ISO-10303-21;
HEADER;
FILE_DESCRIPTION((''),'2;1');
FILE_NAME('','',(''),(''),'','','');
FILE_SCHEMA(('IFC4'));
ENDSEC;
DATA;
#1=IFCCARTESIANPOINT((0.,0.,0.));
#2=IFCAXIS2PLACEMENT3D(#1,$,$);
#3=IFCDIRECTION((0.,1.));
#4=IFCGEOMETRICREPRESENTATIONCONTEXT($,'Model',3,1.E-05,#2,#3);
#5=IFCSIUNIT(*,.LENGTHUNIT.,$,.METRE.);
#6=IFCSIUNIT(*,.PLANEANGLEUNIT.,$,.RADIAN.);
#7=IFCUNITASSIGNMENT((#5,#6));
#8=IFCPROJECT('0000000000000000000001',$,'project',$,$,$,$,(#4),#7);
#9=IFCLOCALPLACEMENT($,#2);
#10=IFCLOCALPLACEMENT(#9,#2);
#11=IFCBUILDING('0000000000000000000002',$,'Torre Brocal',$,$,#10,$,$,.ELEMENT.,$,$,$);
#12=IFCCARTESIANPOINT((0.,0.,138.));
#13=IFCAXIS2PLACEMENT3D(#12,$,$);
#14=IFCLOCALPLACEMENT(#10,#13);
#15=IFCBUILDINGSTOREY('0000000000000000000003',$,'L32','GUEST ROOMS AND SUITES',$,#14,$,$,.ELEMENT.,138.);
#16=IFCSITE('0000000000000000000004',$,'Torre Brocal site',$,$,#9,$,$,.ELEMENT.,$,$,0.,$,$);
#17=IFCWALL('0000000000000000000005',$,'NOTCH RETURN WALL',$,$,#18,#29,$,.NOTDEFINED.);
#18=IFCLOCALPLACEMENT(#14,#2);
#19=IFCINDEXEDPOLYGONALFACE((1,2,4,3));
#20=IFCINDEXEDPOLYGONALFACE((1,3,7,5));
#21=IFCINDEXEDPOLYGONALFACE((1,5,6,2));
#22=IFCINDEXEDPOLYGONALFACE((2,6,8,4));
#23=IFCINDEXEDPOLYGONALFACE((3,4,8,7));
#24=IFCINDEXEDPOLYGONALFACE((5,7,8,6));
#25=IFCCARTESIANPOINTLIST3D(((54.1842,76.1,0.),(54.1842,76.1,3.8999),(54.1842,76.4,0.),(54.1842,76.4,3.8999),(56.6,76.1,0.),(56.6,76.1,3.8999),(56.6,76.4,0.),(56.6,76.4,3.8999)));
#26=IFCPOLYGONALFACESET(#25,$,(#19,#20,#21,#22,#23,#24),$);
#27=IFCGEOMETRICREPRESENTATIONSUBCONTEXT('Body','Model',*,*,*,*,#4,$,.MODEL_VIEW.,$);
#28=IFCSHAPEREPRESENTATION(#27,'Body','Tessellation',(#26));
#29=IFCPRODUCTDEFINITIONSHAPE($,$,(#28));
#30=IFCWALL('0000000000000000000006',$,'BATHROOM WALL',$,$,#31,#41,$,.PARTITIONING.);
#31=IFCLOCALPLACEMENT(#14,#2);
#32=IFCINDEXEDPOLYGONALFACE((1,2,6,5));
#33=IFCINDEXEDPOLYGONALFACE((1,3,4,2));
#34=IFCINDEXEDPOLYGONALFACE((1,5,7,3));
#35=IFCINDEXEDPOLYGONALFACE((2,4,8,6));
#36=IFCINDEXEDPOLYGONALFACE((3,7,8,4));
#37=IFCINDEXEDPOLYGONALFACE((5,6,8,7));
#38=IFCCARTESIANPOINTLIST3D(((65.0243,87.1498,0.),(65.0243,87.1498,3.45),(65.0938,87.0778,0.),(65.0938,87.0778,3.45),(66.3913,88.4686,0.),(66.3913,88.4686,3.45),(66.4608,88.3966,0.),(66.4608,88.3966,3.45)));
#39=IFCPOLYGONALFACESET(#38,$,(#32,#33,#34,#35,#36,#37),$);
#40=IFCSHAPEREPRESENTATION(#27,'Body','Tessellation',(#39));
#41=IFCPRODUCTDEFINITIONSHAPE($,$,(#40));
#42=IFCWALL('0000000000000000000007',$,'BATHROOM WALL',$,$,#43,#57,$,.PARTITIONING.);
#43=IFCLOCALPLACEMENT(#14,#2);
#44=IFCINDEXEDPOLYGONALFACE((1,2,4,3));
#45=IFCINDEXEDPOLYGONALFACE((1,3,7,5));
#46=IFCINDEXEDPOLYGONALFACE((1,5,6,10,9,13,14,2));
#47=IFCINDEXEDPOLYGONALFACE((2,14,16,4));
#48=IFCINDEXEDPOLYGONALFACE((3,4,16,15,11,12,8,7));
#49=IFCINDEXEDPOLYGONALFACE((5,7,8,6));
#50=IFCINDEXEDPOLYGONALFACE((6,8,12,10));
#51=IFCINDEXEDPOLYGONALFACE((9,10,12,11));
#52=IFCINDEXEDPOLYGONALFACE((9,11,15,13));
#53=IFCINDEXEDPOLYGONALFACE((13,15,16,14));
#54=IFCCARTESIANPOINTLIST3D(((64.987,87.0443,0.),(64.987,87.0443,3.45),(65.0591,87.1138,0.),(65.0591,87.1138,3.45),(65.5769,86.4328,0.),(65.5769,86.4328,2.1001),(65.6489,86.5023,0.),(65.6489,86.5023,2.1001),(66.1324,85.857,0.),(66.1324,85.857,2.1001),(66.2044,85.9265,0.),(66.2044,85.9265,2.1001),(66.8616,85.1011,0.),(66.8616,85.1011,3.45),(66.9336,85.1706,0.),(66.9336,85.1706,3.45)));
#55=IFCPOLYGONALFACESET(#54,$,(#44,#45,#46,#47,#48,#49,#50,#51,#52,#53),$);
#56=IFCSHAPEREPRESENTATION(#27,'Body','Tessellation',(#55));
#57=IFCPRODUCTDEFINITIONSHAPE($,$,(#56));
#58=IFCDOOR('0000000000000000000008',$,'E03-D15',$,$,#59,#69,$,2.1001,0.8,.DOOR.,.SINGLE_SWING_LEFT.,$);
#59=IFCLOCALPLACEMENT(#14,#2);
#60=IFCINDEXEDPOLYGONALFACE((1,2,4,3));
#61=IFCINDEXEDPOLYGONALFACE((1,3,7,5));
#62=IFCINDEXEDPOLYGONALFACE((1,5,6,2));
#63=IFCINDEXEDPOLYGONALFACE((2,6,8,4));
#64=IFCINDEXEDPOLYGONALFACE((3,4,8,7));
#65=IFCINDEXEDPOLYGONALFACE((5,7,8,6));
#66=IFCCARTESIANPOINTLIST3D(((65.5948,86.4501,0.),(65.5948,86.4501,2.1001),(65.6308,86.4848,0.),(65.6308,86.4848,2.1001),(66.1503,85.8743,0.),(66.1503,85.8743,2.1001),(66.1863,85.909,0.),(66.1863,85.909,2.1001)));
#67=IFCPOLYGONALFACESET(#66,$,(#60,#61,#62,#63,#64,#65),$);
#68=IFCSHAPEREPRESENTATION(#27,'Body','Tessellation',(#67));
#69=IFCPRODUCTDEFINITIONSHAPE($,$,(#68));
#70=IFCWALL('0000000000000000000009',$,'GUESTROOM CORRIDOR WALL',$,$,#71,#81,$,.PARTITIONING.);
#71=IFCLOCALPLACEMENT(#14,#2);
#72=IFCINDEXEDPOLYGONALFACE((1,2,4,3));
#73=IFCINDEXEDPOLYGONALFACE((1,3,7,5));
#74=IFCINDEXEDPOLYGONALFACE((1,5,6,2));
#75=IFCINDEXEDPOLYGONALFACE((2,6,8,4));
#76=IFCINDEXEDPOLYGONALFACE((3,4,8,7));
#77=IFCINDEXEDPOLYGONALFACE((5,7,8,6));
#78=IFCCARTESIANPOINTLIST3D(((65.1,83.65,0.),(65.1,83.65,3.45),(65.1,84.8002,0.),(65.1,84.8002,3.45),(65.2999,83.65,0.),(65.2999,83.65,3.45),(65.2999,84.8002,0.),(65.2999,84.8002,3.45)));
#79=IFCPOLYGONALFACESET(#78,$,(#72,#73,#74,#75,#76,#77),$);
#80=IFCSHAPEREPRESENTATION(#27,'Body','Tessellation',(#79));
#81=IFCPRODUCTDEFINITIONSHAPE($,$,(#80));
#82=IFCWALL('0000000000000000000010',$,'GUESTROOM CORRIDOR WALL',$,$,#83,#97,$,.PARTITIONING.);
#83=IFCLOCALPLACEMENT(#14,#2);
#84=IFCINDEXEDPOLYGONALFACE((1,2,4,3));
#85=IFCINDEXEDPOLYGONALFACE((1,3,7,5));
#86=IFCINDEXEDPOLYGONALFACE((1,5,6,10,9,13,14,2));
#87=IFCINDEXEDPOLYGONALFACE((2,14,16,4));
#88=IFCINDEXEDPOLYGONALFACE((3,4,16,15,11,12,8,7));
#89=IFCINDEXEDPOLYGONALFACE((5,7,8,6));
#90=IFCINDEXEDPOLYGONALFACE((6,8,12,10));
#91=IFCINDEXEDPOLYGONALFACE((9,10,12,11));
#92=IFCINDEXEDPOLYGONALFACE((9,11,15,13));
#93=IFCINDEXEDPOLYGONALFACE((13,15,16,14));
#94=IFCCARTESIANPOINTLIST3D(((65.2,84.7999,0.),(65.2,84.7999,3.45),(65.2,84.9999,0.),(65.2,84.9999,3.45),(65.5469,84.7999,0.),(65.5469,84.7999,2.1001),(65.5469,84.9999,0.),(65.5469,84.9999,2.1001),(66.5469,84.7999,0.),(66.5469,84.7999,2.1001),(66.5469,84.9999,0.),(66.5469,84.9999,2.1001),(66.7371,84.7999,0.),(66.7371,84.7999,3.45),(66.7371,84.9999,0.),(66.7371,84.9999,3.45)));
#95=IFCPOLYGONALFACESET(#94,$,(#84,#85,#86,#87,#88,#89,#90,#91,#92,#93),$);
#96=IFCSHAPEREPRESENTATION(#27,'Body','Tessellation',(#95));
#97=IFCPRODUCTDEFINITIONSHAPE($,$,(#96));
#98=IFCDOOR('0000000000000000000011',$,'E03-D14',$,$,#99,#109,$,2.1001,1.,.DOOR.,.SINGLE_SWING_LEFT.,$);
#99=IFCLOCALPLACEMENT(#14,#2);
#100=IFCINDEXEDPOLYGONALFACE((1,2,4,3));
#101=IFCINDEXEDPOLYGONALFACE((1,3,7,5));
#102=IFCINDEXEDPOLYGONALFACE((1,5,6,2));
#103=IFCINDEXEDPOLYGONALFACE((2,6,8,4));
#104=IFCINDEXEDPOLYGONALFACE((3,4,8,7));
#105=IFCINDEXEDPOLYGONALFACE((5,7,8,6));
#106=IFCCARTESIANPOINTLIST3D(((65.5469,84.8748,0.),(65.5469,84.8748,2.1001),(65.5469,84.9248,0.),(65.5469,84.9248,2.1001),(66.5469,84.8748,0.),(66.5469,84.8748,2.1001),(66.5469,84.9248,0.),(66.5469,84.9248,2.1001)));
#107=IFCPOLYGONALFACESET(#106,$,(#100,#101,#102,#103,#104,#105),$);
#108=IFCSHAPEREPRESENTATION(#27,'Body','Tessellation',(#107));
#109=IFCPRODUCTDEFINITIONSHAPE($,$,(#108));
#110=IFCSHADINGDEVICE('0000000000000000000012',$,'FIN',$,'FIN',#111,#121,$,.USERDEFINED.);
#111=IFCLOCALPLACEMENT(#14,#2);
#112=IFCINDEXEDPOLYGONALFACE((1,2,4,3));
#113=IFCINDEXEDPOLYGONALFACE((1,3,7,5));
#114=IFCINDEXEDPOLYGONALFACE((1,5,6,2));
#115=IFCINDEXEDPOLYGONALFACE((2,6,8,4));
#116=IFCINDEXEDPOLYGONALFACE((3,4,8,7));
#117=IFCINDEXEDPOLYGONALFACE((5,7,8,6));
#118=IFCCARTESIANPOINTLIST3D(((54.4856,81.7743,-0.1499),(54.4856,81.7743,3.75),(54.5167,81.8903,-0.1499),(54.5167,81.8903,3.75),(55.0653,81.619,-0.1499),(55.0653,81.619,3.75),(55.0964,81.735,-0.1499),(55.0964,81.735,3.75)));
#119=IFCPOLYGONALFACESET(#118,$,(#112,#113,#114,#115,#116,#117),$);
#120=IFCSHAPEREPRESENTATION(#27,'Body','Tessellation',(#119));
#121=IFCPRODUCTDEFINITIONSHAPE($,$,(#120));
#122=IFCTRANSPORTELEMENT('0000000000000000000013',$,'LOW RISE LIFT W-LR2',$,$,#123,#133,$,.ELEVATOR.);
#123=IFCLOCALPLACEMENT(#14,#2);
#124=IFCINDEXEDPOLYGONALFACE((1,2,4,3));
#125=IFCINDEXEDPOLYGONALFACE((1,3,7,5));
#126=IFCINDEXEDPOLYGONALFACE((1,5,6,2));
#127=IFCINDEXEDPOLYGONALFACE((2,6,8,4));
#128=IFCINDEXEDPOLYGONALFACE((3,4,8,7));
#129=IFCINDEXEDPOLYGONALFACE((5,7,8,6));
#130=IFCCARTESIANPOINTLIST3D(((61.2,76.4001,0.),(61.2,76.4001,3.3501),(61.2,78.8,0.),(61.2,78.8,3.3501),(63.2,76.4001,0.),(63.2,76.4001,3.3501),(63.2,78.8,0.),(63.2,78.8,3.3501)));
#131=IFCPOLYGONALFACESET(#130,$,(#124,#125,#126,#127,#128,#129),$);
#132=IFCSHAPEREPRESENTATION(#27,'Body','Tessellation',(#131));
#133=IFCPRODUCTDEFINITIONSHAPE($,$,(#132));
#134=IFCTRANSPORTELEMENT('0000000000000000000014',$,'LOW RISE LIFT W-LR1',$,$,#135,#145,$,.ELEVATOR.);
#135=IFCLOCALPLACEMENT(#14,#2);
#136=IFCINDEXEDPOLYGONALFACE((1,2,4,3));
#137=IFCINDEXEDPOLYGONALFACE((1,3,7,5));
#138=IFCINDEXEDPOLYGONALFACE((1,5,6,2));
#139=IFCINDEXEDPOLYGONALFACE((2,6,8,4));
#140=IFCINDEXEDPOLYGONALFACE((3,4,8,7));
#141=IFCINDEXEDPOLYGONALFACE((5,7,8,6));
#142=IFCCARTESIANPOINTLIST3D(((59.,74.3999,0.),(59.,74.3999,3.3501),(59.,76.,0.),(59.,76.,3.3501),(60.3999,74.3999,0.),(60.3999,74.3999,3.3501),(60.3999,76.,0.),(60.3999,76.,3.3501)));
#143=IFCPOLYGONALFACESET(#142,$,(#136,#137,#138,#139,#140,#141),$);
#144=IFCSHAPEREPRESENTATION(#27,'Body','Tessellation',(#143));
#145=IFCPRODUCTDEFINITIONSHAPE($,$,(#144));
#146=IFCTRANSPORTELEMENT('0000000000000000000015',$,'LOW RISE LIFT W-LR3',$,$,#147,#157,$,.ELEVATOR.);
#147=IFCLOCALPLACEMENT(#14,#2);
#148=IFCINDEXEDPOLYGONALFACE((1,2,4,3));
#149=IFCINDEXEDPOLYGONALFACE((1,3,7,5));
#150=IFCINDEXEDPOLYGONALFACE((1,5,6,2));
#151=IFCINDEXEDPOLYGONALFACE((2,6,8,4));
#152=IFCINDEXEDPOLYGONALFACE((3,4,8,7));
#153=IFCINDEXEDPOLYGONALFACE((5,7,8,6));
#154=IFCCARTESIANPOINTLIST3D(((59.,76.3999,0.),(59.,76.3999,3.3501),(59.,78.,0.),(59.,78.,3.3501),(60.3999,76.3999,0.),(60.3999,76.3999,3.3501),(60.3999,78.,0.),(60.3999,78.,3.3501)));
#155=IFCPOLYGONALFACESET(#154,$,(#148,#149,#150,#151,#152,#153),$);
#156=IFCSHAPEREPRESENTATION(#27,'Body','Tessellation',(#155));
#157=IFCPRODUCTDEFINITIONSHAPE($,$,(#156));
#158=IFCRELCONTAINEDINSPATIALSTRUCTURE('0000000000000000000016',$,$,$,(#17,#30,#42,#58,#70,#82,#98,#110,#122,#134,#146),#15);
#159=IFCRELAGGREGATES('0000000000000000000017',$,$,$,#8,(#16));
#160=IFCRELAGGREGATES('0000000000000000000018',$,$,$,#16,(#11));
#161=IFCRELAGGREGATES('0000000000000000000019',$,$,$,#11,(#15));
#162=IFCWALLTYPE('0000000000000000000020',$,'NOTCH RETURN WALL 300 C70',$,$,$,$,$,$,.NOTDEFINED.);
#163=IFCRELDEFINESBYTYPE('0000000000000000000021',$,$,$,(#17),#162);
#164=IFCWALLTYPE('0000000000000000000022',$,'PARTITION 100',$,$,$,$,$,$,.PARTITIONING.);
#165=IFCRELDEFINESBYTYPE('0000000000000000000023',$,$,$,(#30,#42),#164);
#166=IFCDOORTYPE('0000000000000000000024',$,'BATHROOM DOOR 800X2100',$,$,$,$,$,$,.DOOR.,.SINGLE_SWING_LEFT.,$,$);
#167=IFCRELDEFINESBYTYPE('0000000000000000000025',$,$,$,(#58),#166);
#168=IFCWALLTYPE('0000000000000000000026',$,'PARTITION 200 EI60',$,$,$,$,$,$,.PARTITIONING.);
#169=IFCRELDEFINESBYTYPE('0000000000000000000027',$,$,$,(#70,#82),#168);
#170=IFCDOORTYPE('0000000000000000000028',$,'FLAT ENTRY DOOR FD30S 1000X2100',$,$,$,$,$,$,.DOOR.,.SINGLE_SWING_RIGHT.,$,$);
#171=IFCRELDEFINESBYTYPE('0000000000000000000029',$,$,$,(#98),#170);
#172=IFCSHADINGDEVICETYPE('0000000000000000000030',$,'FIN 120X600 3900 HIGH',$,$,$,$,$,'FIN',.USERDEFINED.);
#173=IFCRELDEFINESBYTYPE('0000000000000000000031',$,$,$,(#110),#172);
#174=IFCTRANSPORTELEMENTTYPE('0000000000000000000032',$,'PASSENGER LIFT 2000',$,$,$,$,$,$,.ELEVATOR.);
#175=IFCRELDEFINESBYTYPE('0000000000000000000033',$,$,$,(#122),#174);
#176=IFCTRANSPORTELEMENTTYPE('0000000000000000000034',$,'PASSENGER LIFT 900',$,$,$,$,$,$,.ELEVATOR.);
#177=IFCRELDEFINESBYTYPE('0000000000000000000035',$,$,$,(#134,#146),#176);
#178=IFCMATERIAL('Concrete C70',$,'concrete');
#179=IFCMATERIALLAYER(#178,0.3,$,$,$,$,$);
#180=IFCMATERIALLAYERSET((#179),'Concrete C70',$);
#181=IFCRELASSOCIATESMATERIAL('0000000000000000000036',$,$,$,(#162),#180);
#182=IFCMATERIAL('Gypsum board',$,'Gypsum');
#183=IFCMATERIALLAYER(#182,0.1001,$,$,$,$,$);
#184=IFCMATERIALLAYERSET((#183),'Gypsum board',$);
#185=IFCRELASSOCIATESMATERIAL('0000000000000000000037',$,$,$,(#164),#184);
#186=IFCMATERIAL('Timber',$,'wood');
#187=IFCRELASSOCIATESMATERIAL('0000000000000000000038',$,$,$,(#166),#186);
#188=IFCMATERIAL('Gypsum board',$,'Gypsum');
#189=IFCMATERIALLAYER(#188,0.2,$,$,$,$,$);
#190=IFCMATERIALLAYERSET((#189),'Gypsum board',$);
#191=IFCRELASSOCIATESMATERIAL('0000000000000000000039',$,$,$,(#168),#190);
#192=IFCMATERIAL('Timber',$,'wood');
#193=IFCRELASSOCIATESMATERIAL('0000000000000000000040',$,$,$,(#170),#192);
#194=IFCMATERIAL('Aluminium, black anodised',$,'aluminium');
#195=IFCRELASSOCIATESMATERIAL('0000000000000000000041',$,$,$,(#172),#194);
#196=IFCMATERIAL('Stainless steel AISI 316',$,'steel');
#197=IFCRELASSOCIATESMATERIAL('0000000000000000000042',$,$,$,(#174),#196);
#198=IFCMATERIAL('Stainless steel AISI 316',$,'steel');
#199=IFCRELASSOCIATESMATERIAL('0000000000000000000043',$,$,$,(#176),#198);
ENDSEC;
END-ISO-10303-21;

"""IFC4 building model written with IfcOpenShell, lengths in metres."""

from ifc_helpers import new_model, si_unit, direction, frame, frame_2d, origin, origin_2d, place, context, subcontext, project, spatial, rectangle, extrude, material, layer, layer_set, material_profile, profile_set, type_object, element, fill, save


model = new_model("IFC4")

# Units and contexts
model_context = context("Model", 3, precision=1e-05, world=origin(), true_north=direction((0.0, 1.0)))
body_context = subcontext(model_context, "Body", "Model", "MODEL_VIEW")
ifc_project = project(units=[si_unit("LENGTHUNIT", "METRE"), si_unit("PLANEANGLEUNIT", "RADIAN")], contexts=[model_context])

# Site, building, storey
site_placement = place(None, origin())
site = spatial("IfcSite", under=ifc_project, at=site_placement, Name="Torre Brocal site", CompositionType="ELEMENT", RefElevation=0.0)
building_placement = place(site_placement, origin())
building = spatial("IfcBuilding", under=site, at=building_placement, Name="Torre Brocal", CompositionType="ELEMENT")
storey_placement = place(building_placement, frame((0.0, 0.0, 138.0)))
storey = spatial("IfcBuildingStorey", under=building, at=storey_placement, Name="L32", Description="GUEST ROOMS AND SUITES", CompositionType="ELEMENT", Elevation=138.0)

# Walls
ifc_material_1 = material(Name="Concrete C70", Category="concrete")
ifc_layer_1 = layer(ifc_material_1, 0.3)
ifc_layer_set_1 = layer_set([ifc_layer_1], Name="Concrete C70")
wall_type_1 = type_object("IfcWallType", Name="NOTCH RETURN WALL 300 C70", PredefinedType="NOTDEFINED", material=ifc_layer_set_1)
wall_1_placement = place(storey_placement, frame((56.6001, 76.25, 0.0), z_axis=(0.0, 0.0, 1.0), x_axis=(-1.0, 0.0, 0.0)))
element("IfcWall", 1, at=wall_1_placement, inside=storey, type_object=wall_type_1, Name="NOTCH RETURN WALL", PredefinedType="NOTDEFINED", context=body_context, shape_type="SweptSolid", body=[
    extrude(rectangle(XDim=2.4158, YDim=0.3, at=frame_2d((1.208, 0.0))), origin(), (0.0, 0.0, 1.0), 3.8999),
])
ifc_material_2 = material(Name="Gypsum board", Category="Gypsum")
ifc_layer_2 = layer(ifc_material_2, 0.1001)
ifc_layer_set_2 = layer_set([ifc_layer_2], Name="Gypsum board")
wall_type_2 = type_object("IfcWallType", Name="PARTITION 100", PredefinedType="PARTITIONING", material=ifc_layer_set_2)
wall_2_placement = place(storey_placement, frame((65.0591, 87.1138, 0.0), z_axis=(0.0, 0.0, 1.0), x_axis=(0.719654, 0.694333, 0.0)))
element("IfcWall", 2, at=wall_2_placement, inside=storey, type_object=wall_type_2, Name="BATHROOM WALL", PredefinedType="PARTITIONING", context=body_context, shape_type="SweptSolid", body=[
    extrude(rectangle(XDim=1.8994, YDim=0.1001, at=frame_2d((0.9497, 0.0))), origin(), (0.0, 0.0, 1.0), 3.45),
])

# Wall, opening, door
wall_3_placement = place(storey_placement, frame((65.0229, 87.0791, 0.0), z_axis=(0.0, 0.0, 1.0), x_axis=(0.694288, -0.719697, 0.0)))
wall_3 = element("IfcWall", 3, at=wall_3_placement, inside=storey, type_object=wall_type_2, Name="BATHROOM WALL", PredefinedType="PARTITIONING", context=body_context, shape_type="SweptSolid", body=[
    extrude(rectangle(XDim=2.7, YDim=0.1001, at=frame_2d((1.3501, 0.0))), origin(), (0.0, 0.0, 1.0), 3.45),
])
opening_1_placement = place(wall_3_placement, frame((0.8499, 0.0, 0.0)))
opening_1 = element("IfcOpeningElement", 4, at=opening_1_placement, cuts=wall_3, PredefinedType="OPENING", context=body_context, shape_type="SweptSolid", body=[
    extrude(rectangle(XDim=0.8, YDim=2.1001, at=frame_2d((0.3999, 1.05))), frame((0.0, 0.0601, 0.0), z_axis=(0.0, -1.0, 0.0), x_axis=(1.0, 0.0, 0.0)), (0.0, 0.0, 1.0), 0.1201),
])
ifc_material_3 = material(Name="Timber", Category="wood")
door_type_1 = type_object("IfcDoorType", Name="BATHROOM DOOR 800X2100", OperationType="SINGLE_SWING_LEFT", PredefinedType="DOOR", material=ifc_material_3)
door_1_placement = place(opening_1_placement, origin())
door_1 = element("IfcDoor", 5, at=door_1_placement, inside=storey, type_object=door_type_1, Name="E03-D15", OperationType="SINGLE_SWING_LEFT", OverallHeight=2.1001, OverallWidth=0.8, PredefinedType="DOOR", context=body_context, shape_type="SweptSolid", body=[
    extrude(rectangle(XDim=0.8, YDim=2.1001, at=frame_2d((0.3999, 1.05))), frame((0.0, 0.0249, 0.0), z_axis=(0.0, -1.0, 0.0), x_axis=(1.0, 0.0, 0.0)), (0.0, 0.0, 1.0), 0.05),
])
fill(opening_1, door_1)

# Wall
ifc_material_4 = material(Name="Gypsum board", Category="Gypsum")
ifc_layer_3 = layer(ifc_material_4, 0.2)
ifc_layer_set_3 = layer_set([ifc_layer_3], Name="Gypsum board")
wall_type_3 = type_object("IfcWallType", Name="PARTITION 200 EI60", PredefinedType="PARTITIONING", material=ifc_layer_set_3)
wall_4_placement = place(storey_placement, frame((65.2, 83.6499, 0.0), z_axis=(0.0, 0.0, 1.0), x_axis=(0.0, 1.0, 0.0)))
element("IfcWall", 6, at=wall_4_placement, inside=storey, type_object=wall_type_3, Name="GUESTROOM CORRIDOR WALL", PredefinedType="PARTITIONING", context=body_context, shape_type="SweptSolid", body=[
    extrude(rectangle(XDim=1.1501, YDim=0.2, at=frame_2d((0.5752, 0.0))), origin(), (0.0, 0.0, 1.0), 3.45),
])

# Wall, opening, door
wall_5_placement = place(storey_placement, frame((65.2, 84.8999, 0.0), z_axis=(0.0, 0.0, 1.0), x_axis=(1.0, 0.0, 0.0)))
wall_5 = element("IfcWall", 7, at=wall_5_placement, inside=storey, type_object=wall_type_3, Name="GUESTROOM CORRIDOR WALL", PredefinedType="PARTITIONING", context=body_context, shape_type="SweptSolid", body=[
    extrude(rectangle(XDim=1.5371, YDim=0.2, at=frame_2d((0.7686, 0.0))), origin(), (0.0, 0.0, 1.0), 3.45),
])
opening_2_placement = place(wall_5_placement, frame((0.3469, 0.0, 0.0)))
opening_2 = element("IfcOpeningElement", 8, at=opening_2_placement, cuts=wall_5, PredefinedType="OPENING", context=body_context, shape_type="SweptSolid", body=[
    extrude(rectangle(XDim=1.0, YDim=2.1001, at=frame_2d((0.5, 1.05))), frame((0.0, 0.1099, 0.0), z_axis=(0.0, -1.0, 0.0), x_axis=(1.0, 0.0, 0.0)), (0.0, 0.0, 1.0), 0.22),
])
ifc_material_5 = material(Name="Timber", Category="wood")
door_type_2 = type_object("IfcDoorType", Name="FLAT ENTRY DOOR FD30S 1000X2100", OperationType="SINGLE_SWING_RIGHT", PredefinedType="DOOR", material=ifc_material_5)
door_2_placement = place(opening_2_placement, origin())
door_2 = element("IfcDoor", 9, at=door_2_placement, inside=storey, type_object=door_type_2, Name="E03-D14", OperationType="SINGLE_SWING_LEFT", OverallHeight=2.1001, OverallWidth=1.0, PredefinedType="DOOR", context=body_context, shape_type="SweptSolid", body=[
    extrude(rectangle(XDim=1.0, YDim=2.1001, at=frame_2d((0.5, 1.05))), frame((0.0, 0.0249, 0.0), z_axis=(0.0, -1.0, 0.0), x_axis=(1.0, 0.0, 0.0)), (0.0, 0.0, 1.0), 0.05),
])
fill(opening_2, door_2)

# Shading device
ifc_material_6 = material(Name="Aluminium, black anodised", Category="aluminium")
ifc_material_profile_1 = material_profile(ifc_material_6, rectangle(XDim=0.1201, YDim=0.6001, at=origin_2d()), Name="FIN 120X600 3900 HIGH")
ifc_profile_set_1 = profile_set([ifc_material_profile_1], Name="Aluminium, black anodised")
shading_device_type = type_object("IfcShadingDeviceType", Name="FIN 120X600 3900 HIGH", ElementType="FIN", PredefinedType="USERDEFINED", material=ifc_profile_set_1)
shading_device_placement = place(storey_placement, frame((54.791, 81.7546, -0.1499), z_axis=(0.0, 0.0, 1.0), x_axis=(-0.258819, -0.965926, 0.0)))
element("IfcShadingDevice", 10, at=shading_device_placement, inside=storey, type_object=shading_device_type, Name="FIN", ObjectType="FIN", PredefinedType="USERDEFINED", context=body_context, shape_type="SweptSolid", body=[
    extrude(rectangle(XDim=0.1201, YDim=0.6001, at=origin_2d()), origin(), (0.0, 0.0, 1.0), 3.8999),
])

# Transport elements
ifc_material_7 = material(Name="Stainless steel AISI 316", Category="steel")
transport_element_type_1 = type_object("IfcTransportElementType", Name="PASSENGER LIFT 2000", PredefinedType="ELEVATOR", material=ifc_material_7)
transport_element_placement = place(storey_placement, frame((62.2, 77.6001, 0.0), z_axis=(0.0, 0.0, 1.0), x_axis=(1.0, 0.0, 0.0)))
element("IfcTransportElement", 11, at=transport_element_placement, inside=storey, type_object=transport_element_type_1, Name="LOW RISE LIFT W-LR2", PredefinedType="ELEVATOR", context=body_context, shape_type="SweptSolid", body=[
    extrude(rectangle(XDim=2.0, YDim=2.3999, at=origin_2d()), origin(), (0.0, 0.0, 1.0), 3.3501),
])
ifc_material_8 = material(Name="Stainless steel AISI 316", Category="steel")
transport_element_type_2 = type_object("IfcTransportElementType", Name="PASSENGER LIFT 900", PredefinedType="ELEVATOR", material=ifc_material_8)
for number, where, z_axis, x_axis, name in (
    (12, (59.7, 75.2, 0.0), (0.0, 0.0, 1.0), (1.0, 0.0, 0.0), "LOW RISE LIFT W-LR1"),
    (13, (59.7, 77.2, 0.0), (0.0, 0.0, 1.0), (1.0, 0.0, 0.0), "LOW RISE LIFT W-LR3"),
):
    element("IfcTransportElement", number, at=place(storey_placement, frame(where, z_axis=z_axis, x_axis=x_axis)), inside=storey, type_object=transport_element_type_2, Name=name, PredefinedType="ELEVATOR", context=body_context, shape_type="SweptSolid", body=[
        extrude(rectangle(XDim=1.3999, YDim=1.6001, at=origin_2d()), origin(), (0.0, 0.0, 1.0), 3.3501),
    ])

save(model, "model.ifc")
